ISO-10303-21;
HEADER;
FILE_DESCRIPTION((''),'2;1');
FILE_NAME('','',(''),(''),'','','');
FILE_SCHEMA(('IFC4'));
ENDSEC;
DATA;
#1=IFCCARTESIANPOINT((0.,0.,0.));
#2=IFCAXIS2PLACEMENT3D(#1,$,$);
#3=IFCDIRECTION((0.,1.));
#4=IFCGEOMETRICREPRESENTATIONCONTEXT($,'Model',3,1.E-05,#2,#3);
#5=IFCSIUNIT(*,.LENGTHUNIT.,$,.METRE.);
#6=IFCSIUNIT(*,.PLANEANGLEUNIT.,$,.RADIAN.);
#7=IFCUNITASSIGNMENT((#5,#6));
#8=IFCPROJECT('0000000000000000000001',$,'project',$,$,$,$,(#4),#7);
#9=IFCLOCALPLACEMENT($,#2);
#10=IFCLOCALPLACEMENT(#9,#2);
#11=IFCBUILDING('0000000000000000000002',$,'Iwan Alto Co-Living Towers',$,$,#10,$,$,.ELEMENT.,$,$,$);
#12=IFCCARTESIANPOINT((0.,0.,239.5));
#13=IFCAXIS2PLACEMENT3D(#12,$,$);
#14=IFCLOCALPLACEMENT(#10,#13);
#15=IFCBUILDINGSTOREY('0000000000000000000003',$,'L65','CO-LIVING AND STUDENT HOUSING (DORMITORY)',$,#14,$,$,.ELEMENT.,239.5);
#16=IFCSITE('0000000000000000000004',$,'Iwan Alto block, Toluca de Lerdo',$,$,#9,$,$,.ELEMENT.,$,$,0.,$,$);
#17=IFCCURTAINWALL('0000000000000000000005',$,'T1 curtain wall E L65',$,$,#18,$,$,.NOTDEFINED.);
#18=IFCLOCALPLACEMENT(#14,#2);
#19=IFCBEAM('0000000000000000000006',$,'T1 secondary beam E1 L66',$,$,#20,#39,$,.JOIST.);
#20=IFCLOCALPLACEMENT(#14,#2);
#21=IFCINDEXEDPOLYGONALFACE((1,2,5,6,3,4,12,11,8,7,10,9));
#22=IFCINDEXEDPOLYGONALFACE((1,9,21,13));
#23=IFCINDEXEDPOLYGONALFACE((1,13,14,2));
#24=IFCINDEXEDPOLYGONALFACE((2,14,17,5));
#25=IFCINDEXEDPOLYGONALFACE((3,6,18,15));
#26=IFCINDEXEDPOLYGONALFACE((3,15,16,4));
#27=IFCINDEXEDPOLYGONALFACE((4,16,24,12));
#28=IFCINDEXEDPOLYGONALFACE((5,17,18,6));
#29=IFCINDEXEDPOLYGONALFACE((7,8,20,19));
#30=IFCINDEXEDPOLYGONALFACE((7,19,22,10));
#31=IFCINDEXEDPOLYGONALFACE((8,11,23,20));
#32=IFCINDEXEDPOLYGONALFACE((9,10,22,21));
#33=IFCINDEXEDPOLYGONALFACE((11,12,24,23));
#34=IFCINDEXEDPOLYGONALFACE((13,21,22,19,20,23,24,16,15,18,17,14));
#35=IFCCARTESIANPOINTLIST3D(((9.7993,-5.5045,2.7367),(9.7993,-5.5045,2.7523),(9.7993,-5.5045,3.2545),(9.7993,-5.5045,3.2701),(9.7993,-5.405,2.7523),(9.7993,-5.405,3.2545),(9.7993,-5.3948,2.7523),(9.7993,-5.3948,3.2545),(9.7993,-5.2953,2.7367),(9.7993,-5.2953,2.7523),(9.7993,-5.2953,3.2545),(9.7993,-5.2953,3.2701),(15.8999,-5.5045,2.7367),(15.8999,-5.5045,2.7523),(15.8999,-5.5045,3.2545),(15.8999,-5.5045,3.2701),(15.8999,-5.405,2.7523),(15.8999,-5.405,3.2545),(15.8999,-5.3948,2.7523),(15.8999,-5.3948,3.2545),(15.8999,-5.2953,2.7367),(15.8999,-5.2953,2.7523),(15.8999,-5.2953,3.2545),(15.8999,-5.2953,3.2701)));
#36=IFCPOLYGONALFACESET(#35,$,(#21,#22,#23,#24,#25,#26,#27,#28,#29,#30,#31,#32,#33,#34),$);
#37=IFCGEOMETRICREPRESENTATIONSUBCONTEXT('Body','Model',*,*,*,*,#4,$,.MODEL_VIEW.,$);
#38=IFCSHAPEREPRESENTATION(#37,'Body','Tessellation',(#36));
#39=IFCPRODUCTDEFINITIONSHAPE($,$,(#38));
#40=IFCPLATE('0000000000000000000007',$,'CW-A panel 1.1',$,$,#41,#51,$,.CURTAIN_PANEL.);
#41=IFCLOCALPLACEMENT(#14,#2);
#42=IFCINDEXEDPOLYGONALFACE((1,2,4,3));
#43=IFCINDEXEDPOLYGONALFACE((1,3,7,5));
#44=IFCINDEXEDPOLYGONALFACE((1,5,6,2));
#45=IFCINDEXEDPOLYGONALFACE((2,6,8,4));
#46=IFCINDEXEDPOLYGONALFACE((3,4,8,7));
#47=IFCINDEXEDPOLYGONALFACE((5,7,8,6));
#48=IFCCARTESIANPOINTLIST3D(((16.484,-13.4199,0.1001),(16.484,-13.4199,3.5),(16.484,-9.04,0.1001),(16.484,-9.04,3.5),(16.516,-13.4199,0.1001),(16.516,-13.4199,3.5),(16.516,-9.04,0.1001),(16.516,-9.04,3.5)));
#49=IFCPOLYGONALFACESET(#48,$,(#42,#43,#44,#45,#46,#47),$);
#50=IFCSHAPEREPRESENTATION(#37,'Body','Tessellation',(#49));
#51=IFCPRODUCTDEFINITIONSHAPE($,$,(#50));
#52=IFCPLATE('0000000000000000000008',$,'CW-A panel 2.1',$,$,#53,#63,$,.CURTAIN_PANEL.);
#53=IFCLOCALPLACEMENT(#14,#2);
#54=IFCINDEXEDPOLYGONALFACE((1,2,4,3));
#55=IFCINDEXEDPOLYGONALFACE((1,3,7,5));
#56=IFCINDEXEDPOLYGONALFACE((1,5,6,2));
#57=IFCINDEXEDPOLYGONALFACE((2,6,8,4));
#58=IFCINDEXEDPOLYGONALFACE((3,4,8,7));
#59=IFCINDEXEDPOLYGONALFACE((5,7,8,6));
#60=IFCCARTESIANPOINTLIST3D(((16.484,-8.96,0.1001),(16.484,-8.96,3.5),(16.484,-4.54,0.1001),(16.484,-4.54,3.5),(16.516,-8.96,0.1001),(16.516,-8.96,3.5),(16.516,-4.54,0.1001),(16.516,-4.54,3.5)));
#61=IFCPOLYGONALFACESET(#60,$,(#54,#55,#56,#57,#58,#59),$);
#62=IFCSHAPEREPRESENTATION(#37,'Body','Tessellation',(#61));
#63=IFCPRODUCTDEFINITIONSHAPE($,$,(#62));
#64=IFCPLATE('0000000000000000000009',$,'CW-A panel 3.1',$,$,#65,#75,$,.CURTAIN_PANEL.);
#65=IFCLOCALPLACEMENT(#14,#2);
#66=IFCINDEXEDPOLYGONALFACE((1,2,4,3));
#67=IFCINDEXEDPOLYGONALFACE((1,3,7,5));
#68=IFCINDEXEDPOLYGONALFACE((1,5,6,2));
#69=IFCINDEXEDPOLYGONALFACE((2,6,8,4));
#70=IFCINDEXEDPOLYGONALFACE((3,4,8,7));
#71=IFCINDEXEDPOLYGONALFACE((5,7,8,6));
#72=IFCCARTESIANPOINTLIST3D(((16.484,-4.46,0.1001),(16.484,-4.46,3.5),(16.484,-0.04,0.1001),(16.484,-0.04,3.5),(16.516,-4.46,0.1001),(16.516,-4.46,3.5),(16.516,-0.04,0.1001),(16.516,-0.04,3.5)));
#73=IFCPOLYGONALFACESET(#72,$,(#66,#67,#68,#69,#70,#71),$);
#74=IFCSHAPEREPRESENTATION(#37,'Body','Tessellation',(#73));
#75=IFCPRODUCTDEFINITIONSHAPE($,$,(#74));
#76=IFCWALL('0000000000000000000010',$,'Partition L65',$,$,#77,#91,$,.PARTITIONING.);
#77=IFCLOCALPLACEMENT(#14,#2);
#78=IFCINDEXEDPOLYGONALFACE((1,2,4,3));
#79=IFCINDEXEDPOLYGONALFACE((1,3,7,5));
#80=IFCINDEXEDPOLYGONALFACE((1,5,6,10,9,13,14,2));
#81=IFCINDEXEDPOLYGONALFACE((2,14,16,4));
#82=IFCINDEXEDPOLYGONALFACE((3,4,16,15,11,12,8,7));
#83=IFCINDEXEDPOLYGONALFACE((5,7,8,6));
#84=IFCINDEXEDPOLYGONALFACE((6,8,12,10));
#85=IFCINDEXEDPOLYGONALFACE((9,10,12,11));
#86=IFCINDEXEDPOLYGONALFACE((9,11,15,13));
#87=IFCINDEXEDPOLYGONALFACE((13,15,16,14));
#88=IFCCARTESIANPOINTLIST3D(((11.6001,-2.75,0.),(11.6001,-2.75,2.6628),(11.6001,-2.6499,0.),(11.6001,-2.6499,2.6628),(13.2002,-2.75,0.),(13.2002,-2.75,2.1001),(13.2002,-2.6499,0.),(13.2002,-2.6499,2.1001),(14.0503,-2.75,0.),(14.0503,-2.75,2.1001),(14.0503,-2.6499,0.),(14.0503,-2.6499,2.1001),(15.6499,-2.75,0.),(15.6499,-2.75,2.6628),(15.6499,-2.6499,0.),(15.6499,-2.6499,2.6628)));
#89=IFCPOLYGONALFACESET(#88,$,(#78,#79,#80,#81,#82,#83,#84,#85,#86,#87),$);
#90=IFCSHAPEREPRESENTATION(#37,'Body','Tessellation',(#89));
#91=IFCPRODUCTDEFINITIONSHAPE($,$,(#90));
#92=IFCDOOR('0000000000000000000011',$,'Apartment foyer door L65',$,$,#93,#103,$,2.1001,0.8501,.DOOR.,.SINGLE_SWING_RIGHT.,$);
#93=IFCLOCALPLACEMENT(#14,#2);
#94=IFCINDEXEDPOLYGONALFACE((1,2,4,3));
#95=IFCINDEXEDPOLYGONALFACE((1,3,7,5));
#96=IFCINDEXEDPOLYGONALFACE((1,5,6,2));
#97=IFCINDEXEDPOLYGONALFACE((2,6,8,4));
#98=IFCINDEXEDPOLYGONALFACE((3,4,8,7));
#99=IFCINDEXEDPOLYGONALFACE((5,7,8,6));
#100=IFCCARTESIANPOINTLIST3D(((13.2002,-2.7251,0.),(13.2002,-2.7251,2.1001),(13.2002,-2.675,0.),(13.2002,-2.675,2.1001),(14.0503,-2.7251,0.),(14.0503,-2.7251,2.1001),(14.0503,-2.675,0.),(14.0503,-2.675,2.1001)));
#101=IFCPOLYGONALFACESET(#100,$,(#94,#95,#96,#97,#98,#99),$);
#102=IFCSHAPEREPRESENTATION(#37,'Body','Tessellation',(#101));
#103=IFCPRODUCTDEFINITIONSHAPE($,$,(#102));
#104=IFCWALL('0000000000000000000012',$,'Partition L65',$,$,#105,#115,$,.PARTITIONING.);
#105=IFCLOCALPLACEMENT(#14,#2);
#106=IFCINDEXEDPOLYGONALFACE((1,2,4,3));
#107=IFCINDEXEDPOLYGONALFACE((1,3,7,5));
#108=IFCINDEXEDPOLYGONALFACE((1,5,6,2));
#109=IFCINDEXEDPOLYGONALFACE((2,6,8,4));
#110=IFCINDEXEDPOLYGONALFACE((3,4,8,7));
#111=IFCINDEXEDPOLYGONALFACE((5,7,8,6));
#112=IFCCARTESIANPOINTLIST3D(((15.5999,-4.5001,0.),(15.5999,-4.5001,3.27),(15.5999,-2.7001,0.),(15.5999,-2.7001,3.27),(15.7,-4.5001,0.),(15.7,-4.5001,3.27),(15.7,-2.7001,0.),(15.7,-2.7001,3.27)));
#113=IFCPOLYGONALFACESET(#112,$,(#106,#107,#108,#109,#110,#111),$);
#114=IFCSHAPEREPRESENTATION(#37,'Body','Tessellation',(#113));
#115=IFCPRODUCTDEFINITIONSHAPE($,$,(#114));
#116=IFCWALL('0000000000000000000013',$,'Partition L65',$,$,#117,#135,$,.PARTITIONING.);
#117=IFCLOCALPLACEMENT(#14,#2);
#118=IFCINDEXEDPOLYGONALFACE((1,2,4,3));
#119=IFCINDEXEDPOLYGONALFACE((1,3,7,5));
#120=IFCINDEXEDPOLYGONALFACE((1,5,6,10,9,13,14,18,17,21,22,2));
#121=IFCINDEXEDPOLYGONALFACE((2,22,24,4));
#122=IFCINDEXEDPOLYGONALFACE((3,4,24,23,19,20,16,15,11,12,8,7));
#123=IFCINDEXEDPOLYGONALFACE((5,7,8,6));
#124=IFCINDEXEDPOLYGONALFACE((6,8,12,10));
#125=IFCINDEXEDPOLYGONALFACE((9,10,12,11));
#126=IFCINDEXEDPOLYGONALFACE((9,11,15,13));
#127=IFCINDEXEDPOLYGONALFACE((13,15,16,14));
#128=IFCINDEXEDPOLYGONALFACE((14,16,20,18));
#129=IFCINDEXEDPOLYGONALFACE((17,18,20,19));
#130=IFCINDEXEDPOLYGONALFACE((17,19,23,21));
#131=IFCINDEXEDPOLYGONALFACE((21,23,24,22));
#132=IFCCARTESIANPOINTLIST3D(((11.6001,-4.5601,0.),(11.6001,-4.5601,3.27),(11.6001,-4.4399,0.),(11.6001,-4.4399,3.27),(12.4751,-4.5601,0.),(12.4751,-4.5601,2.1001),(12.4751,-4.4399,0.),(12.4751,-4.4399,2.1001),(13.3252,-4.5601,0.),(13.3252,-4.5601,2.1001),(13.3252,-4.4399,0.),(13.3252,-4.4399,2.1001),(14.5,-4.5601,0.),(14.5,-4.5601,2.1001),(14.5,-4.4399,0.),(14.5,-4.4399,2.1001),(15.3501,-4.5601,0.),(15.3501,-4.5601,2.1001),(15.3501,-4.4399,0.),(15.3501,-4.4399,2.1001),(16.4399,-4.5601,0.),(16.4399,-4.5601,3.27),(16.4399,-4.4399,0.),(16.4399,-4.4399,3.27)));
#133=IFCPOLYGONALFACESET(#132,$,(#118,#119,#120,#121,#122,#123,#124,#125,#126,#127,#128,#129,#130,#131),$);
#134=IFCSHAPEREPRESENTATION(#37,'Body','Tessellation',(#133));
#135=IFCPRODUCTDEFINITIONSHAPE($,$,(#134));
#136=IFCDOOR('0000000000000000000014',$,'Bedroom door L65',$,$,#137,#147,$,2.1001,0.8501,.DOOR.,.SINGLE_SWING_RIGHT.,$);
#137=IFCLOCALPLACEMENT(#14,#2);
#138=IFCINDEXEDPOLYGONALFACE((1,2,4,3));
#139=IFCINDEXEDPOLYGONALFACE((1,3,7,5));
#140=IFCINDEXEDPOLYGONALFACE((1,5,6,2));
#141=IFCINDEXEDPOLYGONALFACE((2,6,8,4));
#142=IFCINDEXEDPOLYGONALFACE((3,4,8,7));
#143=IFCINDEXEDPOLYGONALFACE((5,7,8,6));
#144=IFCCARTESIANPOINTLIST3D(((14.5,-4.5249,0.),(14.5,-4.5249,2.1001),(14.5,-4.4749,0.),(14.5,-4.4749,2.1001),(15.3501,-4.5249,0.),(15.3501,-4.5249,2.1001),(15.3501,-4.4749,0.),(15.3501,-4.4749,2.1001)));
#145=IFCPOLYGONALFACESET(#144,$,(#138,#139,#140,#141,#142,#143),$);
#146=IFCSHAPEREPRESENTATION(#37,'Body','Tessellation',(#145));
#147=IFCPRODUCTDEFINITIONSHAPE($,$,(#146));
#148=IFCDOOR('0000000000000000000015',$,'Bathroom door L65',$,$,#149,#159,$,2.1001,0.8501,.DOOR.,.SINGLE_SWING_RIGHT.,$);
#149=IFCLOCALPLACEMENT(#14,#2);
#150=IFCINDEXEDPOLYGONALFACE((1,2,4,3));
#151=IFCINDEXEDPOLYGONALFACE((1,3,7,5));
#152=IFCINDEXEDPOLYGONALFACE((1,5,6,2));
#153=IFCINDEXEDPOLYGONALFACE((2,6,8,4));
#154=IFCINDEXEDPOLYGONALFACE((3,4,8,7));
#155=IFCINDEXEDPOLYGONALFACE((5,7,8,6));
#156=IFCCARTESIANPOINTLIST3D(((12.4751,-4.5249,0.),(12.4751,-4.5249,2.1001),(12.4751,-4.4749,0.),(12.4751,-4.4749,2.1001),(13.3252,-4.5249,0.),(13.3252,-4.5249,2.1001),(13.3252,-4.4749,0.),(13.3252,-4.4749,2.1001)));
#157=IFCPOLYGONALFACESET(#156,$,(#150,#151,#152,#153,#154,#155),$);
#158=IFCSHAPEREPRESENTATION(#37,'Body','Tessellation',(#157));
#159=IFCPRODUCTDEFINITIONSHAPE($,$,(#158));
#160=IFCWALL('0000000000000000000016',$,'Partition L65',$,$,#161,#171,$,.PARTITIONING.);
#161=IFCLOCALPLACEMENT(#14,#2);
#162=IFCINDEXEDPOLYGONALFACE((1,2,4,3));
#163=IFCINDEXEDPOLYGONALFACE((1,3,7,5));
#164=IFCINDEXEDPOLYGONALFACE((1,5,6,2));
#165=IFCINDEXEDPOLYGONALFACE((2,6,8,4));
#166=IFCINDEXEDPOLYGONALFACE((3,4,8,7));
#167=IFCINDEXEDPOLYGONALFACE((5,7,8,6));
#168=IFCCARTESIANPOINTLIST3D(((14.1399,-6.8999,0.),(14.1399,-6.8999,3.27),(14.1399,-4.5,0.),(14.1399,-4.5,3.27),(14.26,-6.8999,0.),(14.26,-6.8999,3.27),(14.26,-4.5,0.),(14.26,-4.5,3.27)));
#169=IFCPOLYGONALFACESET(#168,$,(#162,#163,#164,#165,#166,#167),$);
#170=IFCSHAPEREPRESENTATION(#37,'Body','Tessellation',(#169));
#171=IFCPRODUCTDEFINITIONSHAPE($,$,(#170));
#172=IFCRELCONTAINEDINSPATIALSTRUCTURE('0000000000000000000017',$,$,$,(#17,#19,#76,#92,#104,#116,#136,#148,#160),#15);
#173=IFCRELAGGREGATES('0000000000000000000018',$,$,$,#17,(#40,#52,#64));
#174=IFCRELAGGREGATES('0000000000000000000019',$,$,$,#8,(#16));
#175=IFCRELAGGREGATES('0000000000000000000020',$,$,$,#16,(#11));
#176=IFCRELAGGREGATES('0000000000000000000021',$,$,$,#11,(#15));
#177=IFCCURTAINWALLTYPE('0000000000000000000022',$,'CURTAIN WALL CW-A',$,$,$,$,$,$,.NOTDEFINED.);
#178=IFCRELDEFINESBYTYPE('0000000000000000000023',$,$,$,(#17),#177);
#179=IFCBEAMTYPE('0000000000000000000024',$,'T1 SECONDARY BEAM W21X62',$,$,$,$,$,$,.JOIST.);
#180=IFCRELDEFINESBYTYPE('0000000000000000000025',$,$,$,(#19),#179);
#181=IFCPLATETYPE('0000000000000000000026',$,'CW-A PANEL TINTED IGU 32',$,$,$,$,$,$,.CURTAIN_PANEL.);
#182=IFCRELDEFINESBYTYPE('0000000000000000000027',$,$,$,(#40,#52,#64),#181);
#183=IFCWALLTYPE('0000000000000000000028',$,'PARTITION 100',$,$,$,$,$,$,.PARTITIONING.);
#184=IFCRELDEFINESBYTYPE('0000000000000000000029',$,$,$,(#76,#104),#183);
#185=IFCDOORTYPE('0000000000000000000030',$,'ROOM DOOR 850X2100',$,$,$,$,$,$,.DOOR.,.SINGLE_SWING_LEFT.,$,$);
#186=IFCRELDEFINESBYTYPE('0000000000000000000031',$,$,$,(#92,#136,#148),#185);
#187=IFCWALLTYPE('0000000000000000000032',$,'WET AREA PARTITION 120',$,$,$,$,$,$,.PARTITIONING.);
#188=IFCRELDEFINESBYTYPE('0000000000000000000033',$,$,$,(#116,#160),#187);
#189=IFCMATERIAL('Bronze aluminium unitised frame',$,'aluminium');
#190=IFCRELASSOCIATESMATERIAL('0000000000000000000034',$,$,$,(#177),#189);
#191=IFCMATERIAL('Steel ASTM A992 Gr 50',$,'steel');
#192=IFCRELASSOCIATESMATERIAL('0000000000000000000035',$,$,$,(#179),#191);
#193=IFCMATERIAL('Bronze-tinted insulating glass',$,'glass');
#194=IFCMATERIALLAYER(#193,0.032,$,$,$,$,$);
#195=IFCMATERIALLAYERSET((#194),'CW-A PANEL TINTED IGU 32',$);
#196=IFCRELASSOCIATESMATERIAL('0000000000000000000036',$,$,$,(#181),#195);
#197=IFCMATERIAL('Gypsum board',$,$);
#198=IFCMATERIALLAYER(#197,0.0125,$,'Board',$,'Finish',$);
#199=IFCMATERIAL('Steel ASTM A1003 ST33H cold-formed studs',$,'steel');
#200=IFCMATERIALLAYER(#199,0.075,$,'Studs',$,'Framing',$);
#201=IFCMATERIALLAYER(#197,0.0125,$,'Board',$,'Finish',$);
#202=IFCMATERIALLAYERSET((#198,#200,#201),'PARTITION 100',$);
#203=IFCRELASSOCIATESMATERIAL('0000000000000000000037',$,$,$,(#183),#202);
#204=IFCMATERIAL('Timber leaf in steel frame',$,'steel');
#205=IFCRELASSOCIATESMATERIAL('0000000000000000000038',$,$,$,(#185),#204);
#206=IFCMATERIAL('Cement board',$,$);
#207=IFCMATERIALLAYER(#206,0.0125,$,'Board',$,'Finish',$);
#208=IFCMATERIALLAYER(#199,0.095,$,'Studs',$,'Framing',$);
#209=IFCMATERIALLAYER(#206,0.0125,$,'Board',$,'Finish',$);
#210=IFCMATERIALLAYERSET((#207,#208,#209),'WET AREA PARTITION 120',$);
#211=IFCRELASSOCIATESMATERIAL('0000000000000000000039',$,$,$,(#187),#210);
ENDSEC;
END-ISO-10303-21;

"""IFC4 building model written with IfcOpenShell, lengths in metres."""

from ifc_helpers import new_model, si_unit, direction, frame, frame_2d, origin, origin_2d, place, context, subcontext, project, spatial, rectangle, i_section, extrude, material, layer, layer_set, material_profile, profile_set, type_object, element, fill, aggregate, save


model = new_model("IFC4")

# Units and contexts
model_context = context("Model", 3, precision=1e-05, world=origin(), true_north=direction((0.0, 1.0)))
body_context = subcontext(model_context, "Body", "Model", "MODEL_VIEW")
ifc_project = project(units=[si_unit("LENGTHUNIT", "METRE"), si_unit("PLANEANGLEUNIT", "RADIAN")], contexts=[model_context])

# Site, building, storey
site_placement = place(None, origin())
site = spatial("IfcSite", under=ifc_project, at=site_placement, Name="Iwan Alto block, Toluca de Lerdo", CompositionType="ELEMENT", RefElevation=0.0)
building_placement = place(site_placement, origin())
building = spatial("IfcBuilding", under=site, at=building_placement, Name="Iwan Alto Co-Living Towers", CompositionType="ELEMENT")
storey_placement = place(building_placement, frame((0.0, 0.0, 239.5)))
storey = spatial("IfcBuildingStorey", under=building, at=storey_placement, Name="L65", Description="CO-LIVING AND STUDENT HOUSING (DORMITORY)", CompositionType="ELEMENT", Elevation=239.5)

# Curtain wall
ifc_material_1 = material(Name="Bronze aluminium unitised frame", Category="aluminium")
curtain_wall_type = type_object("IfcCurtainWallType", Name="CURTAIN WALL CW-A", PredefinedType="NOTDEFINED", material=ifc_material_1)
curtain_wall_placement = place(storey_placement, origin())
curtain_wall = element("IfcCurtainWall", 1, at=curtain_wall_placement, inside=storey, type_object=curtain_wall_type, Name="T1 curtain wall E L65", PredefinedType="NOTDEFINED")

# Beam
ifc_material_2 = material(Name="Steel ASTM A992 Gr 50", Category="steel")
ifc_material_profile_1 = material_profile(ifc_material_2, i_section(OverallWidth=0.2092, OverallDepth=0.5334, WebThickness=0.0103, FlangeThickness=0.0156, at=origin_2d()), Name="W21X62")
ifc_profile_set_1 = profile_set([ifc_material_profile_1], Name="Steel ASTM A992 Gr 50")
beam_type_1 = type_object("IfcBeamType", Name="T1 SECONDARY BEAM W21X62", PredefinedType="JOIST", material=ifc_profile_set_1)
beam_1_placement = place(storey_placement, frame((15.8999, -5.3999, 3.0034), z_axis=(-1.0, 0.0, 0.0), x_axis=(0.0, -1.0, 0.0)))
element("IfcBeam", 2, at=beam_1_placement, inside=storey, type_object=beam_type_1, Name="T1 secondary beam E1 L66", PredefinedType="JOIST", context=body_context, shape_type="SweptSolid", body=[
    extrude(i_section(OverallWidth=0.2092, OverallDepth=0.5334, WebThickness=0.0103, FlangeThickness=0.0156, at=origin_2d()), origin(), (0.0, 0.0, 1.0), 6.1006),
])

# Plates
ifc_material_3 = material(Name="Bronze-tinted insulating glass", Category="glass")
ifc_layer_1 = layer(ifc_material_3, 0.032)
ifc_layer_set_1 = layer_set([ifc_layer_1], Name="CW-A PANEL TINTED IGU 32")
plate_type = type_object("IfcPlateType", Name="CW-A PANEL TINTED IGU 32", PredefinedType="CURTAIN_PANEL", material=ifc_layer_set_1)
plate_1_placement = place(storey_placement, frame((16.5, -11.23, 0.1001), z_axis=(0.0, 0.0, 1.0), x_axis=(0.0, 1.0, 0.0)))
plate_1 = element("IfcPlate", 3, at=plate_1_placement, type_object=plate_type, Name="CW-A panel 1.1", PredefinedType="CURTAIN_PANEL", context=body_context, shape_type="SweptSolid", body=[
    extrude(rectangle(XDim=4.3799, YDim=0.032, at=origin_2d()), origin(), (0.0, 0.0, 1.0), 3.3999),
])
plate_2_placement = place(storey_placement, frame((16.5, -6.75, 0.1001), z_axis=(0.0, 0.0, 1.0), x_axis=(0.0, 1.0, 0.0)))
plate_2 = element("IfcPlate", 4, at=plate_2_placement, type_object=plate_type, Name="CW-A panel 2.1", PredefinedType="CURTAIN_PANEL", context=body_context, shape_type="SweptSolid", body=[
    extrude(rectangle(XDim=4.4199, YDim=0.032, at=origin_2d()), origin(), (0.0, 0.0, 1.0), 3.3999),
])
plate_3_placement = place(storey_placement, frame((16.5, -2.25, 0.1001), z_axis=(0.0, 0.0, 1.0), x_axis=(0.0, 1.0, 0.0)))
plate_3 = element("IfcPlate", 5, at=plate_3_placement, type_object=plate_type, Name="CW-A panel 3.1", PredefinedType="CURTAIN_PANEL", context=body_context, shape_type="SweptSolid", body=[
    extrude(rectangle(XDim=4.4199, YDim=0.032, at=origin_2d()), origin(), (0.0, 0.0, 1.0), 3.3999),
])
aggregate(curtain_wall, [plate_1, plate_2, plate_3])

# Wall, opening, door
ifc_material_4 = material(Name="Gypsum board")
ifc_layer_2 = layer(ifc_material_4, 0.0125, Name="Board", Category="Finish")
ifc_material_5 = material(Name="Steel ASTM A1003 ST33H cold-formed studs", Category="steel")
ifc_layer_3 = layer(ifc_material_5, 0.075, Name="Studs", Category="Framing")
ifc_layer_4 = layer(ifc_material_4, 0.0125, Name="Board", Category="Finish")
ifc_layer_set_2 = layer_set([ifc_layer_2, ifc_layer_3, ifc_layer_4], Name="PARTITION 100")
wall_type_1 = type_object("IfcWallType", Name="PARTITION 100", PredefinedType="PARTITIONING", material=ifc_layer_set_2)
wall_1_placement = place(storey_placement, frame((11.6001, -2.7, 0.0), z_axis=(0.0, 0.0, 1.0), x_axis=(1.0, 0.0, 0.0)))
wall_1 = element("IfcWall", 6, at=wall_1_placement, inside=storey, type_object=wall_type_1, Name="Partition L65", PredefinedType="PARTITIONING", context=body_context, shape_type="SweptSolid", body=[
    extrude(rectangle(XDim=4.0498, YDim=0.1001, at=frame_2d((2.0249, 0.0))), origin(), (0.0, 0.0, 1.0), 2.6628),
])
opening_1_placement = place(wall_1_placement, frame((1.6001, 0.0, 0.0)))
opening_1 = element("IfcOpeningElement", 7, at=opening_1_placement, cuts=wall_1, PredefinedType="OPENING", context=body_context, shape_type="SweptSolid", body=[
    extrude(rectangle(XDim=0.8501, YDim=2.1001, at=frame_2d((0.425, 1.05))), frame((0.0, 0.0601, 0.0), z_axis=(0.0, -1.0, 0.0), x_axis=(1.0, 0.0, 0.0)), (0.0, 0.0, 1.0), 0.1201),
])
ifc_material_6 = material(Name="Timber leaf in steel frame", Category="steel")
door_type = type_object("IfcDoorType", Name="ROOM DOOR 850X2100", OperationType="SINGLE_SWING_LEFT", PredefinedType="DOOR", material=ifc_material_6)
door_1_placement = place(opening_1_placement, origin())
door_1 = element("IfcDoor", 8, at=door_1_placement, inside=storey, type_object=door_type, Name="Apartment foyer door L65", OperationType="SINGLE_SWING_RIGHT", OverallHeight=2.1001, OverallWidth=0.8501, PredefinedType="DOOR", context=body_context, shape_type="SweptSolid", body=[
    extrude(rectangle(XDim=0.8501, YDim=2.1001, at=frame_2d((0.425, 1.05))), frame((0.0, 0.0249, 0.0), z_axis=(0.0, -1.0, 0.0), x_axis=(1.0, 0.0, 0.0)), (0.0, 0.0, 1.0), 0.05),
])
fill(opening_1, door_1)

# Wall
wall_2_placement = place(storey_placement, frame((15.6499, -4.5, 0.0), z_axis=(0.0, 0.0, 1.0), x_axis=(0.0, 1.0, 0.0)))
element("IfcWall", 9, at=wall_2_placement, inside=storey, type_object=wall_type_1, Name="Partition L65", PredefinedType="PARTITIONING", context=body_context, shape_type="SweptSolid", body=[
    extrude(rectangle(XDim=1.8, YDim=0.1001, at=frame_2d((0.8999, 0.0))), origin(), (0.0, 0.0, 1.0), 3.27),
])

# Wall, openings, doors
ifc_material_7 = material(Name="Cement board")
ifc_layer_5 = layer(ifc_material_7, 0.0125, Name="Board", Category="Finish")
ifc_layer_6 = layer(ifc_material_5, 0.095, Name="Studs", Category="Framing")
ifc_layer_7 = layer(ifc_material_7, 0.0125, Name="Board", Category="Finish")
ifc_layer_set_3 = layer_set([ifc_layer_5, ifc_layer_6, ifc_layer_7], Name="WET AREA PARTITION 120")
wall_type_2 = type_object("IfcWallType", Name="WET AREA PARTITION 120", PredefinedType="PARTITIONING", material=ifc_layer_set_3)
wall_3_placement = place(storey_placement, frame((11.6001, -4.5, 0.0), z_axis=(0.0, 0.0, 1.0), x_axis=(1.0, 0.0, 0.0)))
wall_3 = element("IfcWall", 10, at=wall_3_placement, inside=storey, type_object=wall_type_2, Name="Partition L65", PredefinedType="PARTITIONING", context=body_context, shape_type="SweptSolid", body=[
    extrude(rectangle(XDim=4.8398, YDim=0.1201, at=frame_2d((2.4199, 0.0))), origin(), (0.0, 0.0, 1.0), 3.27),
])
opening_2_placement = place(wall_3_placement, frame((2.8999, 0.0, 0.0)))
opening_2 = element("IfcOpeningElement", 11, at=opening_2_placement, cuts=wall_3, PredefinedType="OPENING", context=body_context, shape_type="SweptSolid", body=[
    extrude(rectangle(XDim=0.8501, YDim=2.1001, at=frame_2d((0.425, 1.05))), frame((0.0, 0.0701, 0.0), z_axis=(0.0, -1.0, 0.0), x_axis=(1.0, 0.0, 0.0)), (0.0, 0.0, 1.0), 0.1401),
])
opening_3_placement = place(wall_3_placement, frame((0.875, 0.0, 0.0)))
opening_3 = element("IfcOpeningElement", 12, at=opening_3_placement, cuts=wall_3, PredefinedType="OPENING", context=body_context, shape_type="SweptSolid", body=[
    extrude(rectangle(XDim=0.8501, YDim=2.1001, at=frame_2d((0.425, 1.05))), frame((0.0, 0.0701, 0.0), z_axis=(0.0, -1.0, 0.0), x_axis=(1.0, 0.0, 0.0)), (0.0, 0.0, 1.0), 0.1401),
])
door_2_placement = place(opening_2_placement, frame((0.8501, 0.0, 0.0), z_axis=(0.0, 0.0, 1.0), x_axis=(-1.0, 0.0, 0.0)))
door_2 = element("IfcDoor", 13, at=door_2_placement, inside=storey, type_object=door_type, Name="Bedroom door L65", OperationType="SINGLE_SWING_RIGHT", OverallHeight=2.1001, OverallWidth=0.8501, PredefinedType="DOOR", context=body_context, shape_type="SweptSolid", body=[
    extrude(rectangle(XDim=0.8501, YDim=2.1001, at=frame_2d((0.425, 1.05))), frame((0.0, 0.0249, 0.0), z_axis=(0.0, -1.0, 0.0), x_axis=(1.0, 0.0, 0.0)), (0.0, 0.0, 1.0), 0.05),
])
fill(opening_2, door_2)
door_3_placement = place(opening_3_placement, frame((0.8501, 0.0, 0.0), z_axis=(0.0, 0.0, 1.0), x_axis=(-1.0, 0.0, 0.0)))
door_3 = element("IfcDoor", 14, at=door_3_placement, inside=storey, type_object=door_type, Name="Bathroom door L65", OperationType="SINGLE_SWING_RIGHT", OverallHeight=2.1001, OverallWidth=0.8501, PredefinedType="DOOR", context=body_context, shape_type="SweptSolid", body=[
    extrude(rectangle(XDim=0.8501, YDim=2.1001, at=frame_2d((0.425, 1.05))), frame((0.0, 0.0249, 0.0), z_axis=(0.0, -1.0, 0.0), x_axis=(1.0, 0.0, 0.0)), (0.0, 0.0, 1.0), 0.05),
])
fill(opening_3, door_3)

# Wall
wall_4_placement = place(storey_placement, frame((14.2, -6.8999, 0.0), z_axis=(0.0, 0.0, 1.0), x_axis=(0.0, 1.0, 0.0)))
element("IfcWall", 15, at=wall_4_placement, inside=storey, type_object=wall_type_2, Name="Partition L65", PredefinedType="PARTITIONING", context=body_context, shape_type="SweptSolid", body=[
    extrude(rectangle(XDim=2.3999, YDim=0.1201, at=frame_2d((1.2, 0.0))), origin(), (0.0, 0.0, 1.0), 3.27),
])

save(model, "model.ifc")
